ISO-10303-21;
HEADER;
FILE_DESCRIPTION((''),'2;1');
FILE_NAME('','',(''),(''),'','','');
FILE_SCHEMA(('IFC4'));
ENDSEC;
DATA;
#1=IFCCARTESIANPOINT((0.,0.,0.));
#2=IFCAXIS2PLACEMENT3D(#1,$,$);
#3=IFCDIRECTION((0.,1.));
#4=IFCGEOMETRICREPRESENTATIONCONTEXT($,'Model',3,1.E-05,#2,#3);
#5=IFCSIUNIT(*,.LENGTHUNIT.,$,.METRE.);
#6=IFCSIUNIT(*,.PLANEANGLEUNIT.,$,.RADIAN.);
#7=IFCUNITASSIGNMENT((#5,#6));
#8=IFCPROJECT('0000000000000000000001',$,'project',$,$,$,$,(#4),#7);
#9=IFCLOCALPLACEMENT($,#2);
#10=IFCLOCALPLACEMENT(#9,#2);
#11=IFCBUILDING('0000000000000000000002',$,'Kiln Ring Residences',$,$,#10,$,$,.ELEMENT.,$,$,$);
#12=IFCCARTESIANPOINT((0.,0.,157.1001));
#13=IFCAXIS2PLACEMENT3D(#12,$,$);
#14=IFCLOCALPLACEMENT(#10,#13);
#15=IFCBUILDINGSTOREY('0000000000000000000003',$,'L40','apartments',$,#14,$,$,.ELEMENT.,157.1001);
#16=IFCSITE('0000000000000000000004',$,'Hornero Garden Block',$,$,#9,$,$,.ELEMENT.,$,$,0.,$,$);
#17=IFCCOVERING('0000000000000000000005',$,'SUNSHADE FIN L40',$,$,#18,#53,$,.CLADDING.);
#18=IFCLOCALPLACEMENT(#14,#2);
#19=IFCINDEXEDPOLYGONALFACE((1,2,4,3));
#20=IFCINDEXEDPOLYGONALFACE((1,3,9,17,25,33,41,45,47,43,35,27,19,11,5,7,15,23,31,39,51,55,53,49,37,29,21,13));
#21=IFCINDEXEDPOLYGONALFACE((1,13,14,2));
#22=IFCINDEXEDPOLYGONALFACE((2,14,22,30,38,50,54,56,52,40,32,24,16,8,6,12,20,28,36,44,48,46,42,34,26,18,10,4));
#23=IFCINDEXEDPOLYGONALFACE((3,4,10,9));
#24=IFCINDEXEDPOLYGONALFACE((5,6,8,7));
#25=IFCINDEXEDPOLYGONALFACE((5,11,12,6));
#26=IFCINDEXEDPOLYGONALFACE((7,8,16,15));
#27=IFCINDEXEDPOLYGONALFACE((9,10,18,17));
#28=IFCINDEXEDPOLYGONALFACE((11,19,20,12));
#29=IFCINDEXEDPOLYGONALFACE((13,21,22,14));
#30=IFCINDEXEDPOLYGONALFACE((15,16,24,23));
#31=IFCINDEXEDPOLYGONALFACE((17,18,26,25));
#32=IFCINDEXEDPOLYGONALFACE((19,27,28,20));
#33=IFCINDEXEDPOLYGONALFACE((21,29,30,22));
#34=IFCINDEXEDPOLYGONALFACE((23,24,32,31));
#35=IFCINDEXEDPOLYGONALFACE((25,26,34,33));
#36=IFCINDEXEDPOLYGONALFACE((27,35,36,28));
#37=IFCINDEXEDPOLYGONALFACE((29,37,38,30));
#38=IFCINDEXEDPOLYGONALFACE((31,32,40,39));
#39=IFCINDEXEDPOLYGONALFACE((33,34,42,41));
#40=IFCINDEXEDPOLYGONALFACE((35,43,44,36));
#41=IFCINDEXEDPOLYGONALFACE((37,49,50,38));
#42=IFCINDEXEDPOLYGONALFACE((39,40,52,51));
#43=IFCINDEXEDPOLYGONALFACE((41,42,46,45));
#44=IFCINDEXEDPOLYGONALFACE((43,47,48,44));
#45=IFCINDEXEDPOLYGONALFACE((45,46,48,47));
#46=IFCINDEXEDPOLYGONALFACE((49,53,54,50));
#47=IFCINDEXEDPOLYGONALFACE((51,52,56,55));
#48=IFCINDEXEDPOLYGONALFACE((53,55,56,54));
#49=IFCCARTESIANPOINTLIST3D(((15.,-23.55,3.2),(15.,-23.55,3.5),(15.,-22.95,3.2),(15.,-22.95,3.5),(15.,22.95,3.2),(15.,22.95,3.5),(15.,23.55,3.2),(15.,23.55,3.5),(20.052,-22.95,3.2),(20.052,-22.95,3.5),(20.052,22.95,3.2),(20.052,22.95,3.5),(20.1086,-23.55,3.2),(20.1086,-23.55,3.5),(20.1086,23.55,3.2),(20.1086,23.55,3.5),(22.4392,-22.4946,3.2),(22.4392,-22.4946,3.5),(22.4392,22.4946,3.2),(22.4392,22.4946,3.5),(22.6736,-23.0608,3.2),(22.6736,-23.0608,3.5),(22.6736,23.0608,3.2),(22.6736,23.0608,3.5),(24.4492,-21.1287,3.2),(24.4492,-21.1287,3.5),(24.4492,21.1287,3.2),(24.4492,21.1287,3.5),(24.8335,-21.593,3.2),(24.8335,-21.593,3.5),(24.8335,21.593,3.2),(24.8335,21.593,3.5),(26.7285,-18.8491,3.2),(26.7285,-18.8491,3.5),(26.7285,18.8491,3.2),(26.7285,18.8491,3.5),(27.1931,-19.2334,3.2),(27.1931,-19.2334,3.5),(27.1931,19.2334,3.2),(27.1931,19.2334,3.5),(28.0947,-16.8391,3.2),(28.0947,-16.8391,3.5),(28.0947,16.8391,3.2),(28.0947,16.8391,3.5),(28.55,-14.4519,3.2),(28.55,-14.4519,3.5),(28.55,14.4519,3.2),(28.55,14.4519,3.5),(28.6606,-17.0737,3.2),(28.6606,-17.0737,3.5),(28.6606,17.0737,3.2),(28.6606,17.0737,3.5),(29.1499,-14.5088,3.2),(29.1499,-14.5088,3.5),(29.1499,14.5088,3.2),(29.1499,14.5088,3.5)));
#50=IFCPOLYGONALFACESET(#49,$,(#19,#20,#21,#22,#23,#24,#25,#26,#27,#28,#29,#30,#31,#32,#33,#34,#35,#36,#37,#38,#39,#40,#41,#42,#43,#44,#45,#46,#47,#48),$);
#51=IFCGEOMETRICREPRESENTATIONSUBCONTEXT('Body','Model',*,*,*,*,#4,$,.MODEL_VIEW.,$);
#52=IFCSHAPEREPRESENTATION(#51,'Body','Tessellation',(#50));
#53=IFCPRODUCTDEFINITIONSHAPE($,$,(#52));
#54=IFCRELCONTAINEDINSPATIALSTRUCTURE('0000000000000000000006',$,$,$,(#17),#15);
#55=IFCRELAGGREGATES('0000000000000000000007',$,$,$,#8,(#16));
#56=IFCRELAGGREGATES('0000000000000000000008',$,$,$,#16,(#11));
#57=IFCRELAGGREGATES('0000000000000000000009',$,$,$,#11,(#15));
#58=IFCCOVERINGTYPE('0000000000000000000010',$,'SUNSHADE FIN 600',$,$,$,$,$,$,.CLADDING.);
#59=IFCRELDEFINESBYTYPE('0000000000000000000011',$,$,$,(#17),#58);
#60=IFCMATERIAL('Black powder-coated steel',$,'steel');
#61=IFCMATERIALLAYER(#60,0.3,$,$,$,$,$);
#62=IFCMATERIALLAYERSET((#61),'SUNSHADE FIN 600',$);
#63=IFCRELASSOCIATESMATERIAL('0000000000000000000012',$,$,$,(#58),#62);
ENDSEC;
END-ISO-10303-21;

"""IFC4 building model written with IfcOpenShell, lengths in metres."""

from ifc_helpers import new_model, si_unit, direction, frame, origin, place, context, subcontext, project, spatial, polyline, outline, extrude, material, layer, layer_set, type_object, element, save


model = new_model("IFC4")

# Units and contexts
model_context = context("Model", 3, precision=1e-05, world=origin(), true_north=direction((0.0, 1.0)))
body_context = subcontext(model_context, "Body", "Model", "MODEL_VIEW")
ifc_project = project(units=[si_unit("LENGTHUNIT", "METRE"), si_unit("PLANEANGLEUNIT", "RADIAN")], contexts=[model_context])

# Site, building, storey
site_placement = place(None, origin())
site = spatial("IfcSite", under=ifc_project, at=site_placement, Name="Hornero Garden Block", CompositionType="ELEMENT", RefElevation=0.0)
building_placement = place(site_placement, origin())
building = spatial("IfcBuilding", under=site, at=building_placement, Name="Kiln Ring Residences", CompositionType="ELEMENT")
storey_placement = place(building_placement, frame((0.0, 0.0, 157.1001)))
storey = spatial("IfcBuildingStorey", under=building, at=storey_placement, Name="L40", Description="apartments", CompositionType="ELEMENT", Elevation=157.1001)

# Covering
placement_1 = place(storey_placement, frame((0.0, 0.0, 3.2)))
ifc_material_1 = material(Name="Black powder-coated steel", Category="steel")
ifc_layer_1 = layer(ifc_material_1, 0.3)
ifc_layer_set_1 = layer_set([ifc_layer_1], Name="SUNSHADE FIN 600")
covering_type_1 = type_object("IfcCoveringType", Name="SUNSHADE FIN 600", PredefinedType="CLADDING", material=ifc_layer_set_1)
element("IfcCovering", 1, at=placement_1, inside=storey, type_object=covering_type_1, Name="SUNSHADE FIN L40", PredefinedType="CLADDING", context=body_context, shape_type="SweptSolid", body=[
    extrude(outline(polyline([(20.1086, 23.55), (15.0, 23.55), (15.0, 22.95), (20.052, 22.95), (22.4392, 22.4946), (24.4492, 21.1287), (26.7285, 18.8491), (28.0947, 16.8391), (28.55, 14.4519), (28.55, -14.4519), (28.0947, -16.8391), (26.7285, -18.8491), (24.4492, -21.1287), (22.4392, -22.4946), (20.052, -22.95), (15.0, -22.95), (15.0, -23.55), (20.1086, -23.55), (22.6736, -23.0608), (24.8335, -21.593), (27.1931, -19.2334), (28.6606, -17.0737), (29.1499, -14.5088), (29.1499, 14.5088), (28.6606, 17.0737), (27.1931, 19.2334), (24.8335, 21.593), (22.6736, 23.0608), (20.1086, 23.55)])), origin(), (0.0, 0.0, 1.0), 0.3),
])

save(model, "model.ifc")
